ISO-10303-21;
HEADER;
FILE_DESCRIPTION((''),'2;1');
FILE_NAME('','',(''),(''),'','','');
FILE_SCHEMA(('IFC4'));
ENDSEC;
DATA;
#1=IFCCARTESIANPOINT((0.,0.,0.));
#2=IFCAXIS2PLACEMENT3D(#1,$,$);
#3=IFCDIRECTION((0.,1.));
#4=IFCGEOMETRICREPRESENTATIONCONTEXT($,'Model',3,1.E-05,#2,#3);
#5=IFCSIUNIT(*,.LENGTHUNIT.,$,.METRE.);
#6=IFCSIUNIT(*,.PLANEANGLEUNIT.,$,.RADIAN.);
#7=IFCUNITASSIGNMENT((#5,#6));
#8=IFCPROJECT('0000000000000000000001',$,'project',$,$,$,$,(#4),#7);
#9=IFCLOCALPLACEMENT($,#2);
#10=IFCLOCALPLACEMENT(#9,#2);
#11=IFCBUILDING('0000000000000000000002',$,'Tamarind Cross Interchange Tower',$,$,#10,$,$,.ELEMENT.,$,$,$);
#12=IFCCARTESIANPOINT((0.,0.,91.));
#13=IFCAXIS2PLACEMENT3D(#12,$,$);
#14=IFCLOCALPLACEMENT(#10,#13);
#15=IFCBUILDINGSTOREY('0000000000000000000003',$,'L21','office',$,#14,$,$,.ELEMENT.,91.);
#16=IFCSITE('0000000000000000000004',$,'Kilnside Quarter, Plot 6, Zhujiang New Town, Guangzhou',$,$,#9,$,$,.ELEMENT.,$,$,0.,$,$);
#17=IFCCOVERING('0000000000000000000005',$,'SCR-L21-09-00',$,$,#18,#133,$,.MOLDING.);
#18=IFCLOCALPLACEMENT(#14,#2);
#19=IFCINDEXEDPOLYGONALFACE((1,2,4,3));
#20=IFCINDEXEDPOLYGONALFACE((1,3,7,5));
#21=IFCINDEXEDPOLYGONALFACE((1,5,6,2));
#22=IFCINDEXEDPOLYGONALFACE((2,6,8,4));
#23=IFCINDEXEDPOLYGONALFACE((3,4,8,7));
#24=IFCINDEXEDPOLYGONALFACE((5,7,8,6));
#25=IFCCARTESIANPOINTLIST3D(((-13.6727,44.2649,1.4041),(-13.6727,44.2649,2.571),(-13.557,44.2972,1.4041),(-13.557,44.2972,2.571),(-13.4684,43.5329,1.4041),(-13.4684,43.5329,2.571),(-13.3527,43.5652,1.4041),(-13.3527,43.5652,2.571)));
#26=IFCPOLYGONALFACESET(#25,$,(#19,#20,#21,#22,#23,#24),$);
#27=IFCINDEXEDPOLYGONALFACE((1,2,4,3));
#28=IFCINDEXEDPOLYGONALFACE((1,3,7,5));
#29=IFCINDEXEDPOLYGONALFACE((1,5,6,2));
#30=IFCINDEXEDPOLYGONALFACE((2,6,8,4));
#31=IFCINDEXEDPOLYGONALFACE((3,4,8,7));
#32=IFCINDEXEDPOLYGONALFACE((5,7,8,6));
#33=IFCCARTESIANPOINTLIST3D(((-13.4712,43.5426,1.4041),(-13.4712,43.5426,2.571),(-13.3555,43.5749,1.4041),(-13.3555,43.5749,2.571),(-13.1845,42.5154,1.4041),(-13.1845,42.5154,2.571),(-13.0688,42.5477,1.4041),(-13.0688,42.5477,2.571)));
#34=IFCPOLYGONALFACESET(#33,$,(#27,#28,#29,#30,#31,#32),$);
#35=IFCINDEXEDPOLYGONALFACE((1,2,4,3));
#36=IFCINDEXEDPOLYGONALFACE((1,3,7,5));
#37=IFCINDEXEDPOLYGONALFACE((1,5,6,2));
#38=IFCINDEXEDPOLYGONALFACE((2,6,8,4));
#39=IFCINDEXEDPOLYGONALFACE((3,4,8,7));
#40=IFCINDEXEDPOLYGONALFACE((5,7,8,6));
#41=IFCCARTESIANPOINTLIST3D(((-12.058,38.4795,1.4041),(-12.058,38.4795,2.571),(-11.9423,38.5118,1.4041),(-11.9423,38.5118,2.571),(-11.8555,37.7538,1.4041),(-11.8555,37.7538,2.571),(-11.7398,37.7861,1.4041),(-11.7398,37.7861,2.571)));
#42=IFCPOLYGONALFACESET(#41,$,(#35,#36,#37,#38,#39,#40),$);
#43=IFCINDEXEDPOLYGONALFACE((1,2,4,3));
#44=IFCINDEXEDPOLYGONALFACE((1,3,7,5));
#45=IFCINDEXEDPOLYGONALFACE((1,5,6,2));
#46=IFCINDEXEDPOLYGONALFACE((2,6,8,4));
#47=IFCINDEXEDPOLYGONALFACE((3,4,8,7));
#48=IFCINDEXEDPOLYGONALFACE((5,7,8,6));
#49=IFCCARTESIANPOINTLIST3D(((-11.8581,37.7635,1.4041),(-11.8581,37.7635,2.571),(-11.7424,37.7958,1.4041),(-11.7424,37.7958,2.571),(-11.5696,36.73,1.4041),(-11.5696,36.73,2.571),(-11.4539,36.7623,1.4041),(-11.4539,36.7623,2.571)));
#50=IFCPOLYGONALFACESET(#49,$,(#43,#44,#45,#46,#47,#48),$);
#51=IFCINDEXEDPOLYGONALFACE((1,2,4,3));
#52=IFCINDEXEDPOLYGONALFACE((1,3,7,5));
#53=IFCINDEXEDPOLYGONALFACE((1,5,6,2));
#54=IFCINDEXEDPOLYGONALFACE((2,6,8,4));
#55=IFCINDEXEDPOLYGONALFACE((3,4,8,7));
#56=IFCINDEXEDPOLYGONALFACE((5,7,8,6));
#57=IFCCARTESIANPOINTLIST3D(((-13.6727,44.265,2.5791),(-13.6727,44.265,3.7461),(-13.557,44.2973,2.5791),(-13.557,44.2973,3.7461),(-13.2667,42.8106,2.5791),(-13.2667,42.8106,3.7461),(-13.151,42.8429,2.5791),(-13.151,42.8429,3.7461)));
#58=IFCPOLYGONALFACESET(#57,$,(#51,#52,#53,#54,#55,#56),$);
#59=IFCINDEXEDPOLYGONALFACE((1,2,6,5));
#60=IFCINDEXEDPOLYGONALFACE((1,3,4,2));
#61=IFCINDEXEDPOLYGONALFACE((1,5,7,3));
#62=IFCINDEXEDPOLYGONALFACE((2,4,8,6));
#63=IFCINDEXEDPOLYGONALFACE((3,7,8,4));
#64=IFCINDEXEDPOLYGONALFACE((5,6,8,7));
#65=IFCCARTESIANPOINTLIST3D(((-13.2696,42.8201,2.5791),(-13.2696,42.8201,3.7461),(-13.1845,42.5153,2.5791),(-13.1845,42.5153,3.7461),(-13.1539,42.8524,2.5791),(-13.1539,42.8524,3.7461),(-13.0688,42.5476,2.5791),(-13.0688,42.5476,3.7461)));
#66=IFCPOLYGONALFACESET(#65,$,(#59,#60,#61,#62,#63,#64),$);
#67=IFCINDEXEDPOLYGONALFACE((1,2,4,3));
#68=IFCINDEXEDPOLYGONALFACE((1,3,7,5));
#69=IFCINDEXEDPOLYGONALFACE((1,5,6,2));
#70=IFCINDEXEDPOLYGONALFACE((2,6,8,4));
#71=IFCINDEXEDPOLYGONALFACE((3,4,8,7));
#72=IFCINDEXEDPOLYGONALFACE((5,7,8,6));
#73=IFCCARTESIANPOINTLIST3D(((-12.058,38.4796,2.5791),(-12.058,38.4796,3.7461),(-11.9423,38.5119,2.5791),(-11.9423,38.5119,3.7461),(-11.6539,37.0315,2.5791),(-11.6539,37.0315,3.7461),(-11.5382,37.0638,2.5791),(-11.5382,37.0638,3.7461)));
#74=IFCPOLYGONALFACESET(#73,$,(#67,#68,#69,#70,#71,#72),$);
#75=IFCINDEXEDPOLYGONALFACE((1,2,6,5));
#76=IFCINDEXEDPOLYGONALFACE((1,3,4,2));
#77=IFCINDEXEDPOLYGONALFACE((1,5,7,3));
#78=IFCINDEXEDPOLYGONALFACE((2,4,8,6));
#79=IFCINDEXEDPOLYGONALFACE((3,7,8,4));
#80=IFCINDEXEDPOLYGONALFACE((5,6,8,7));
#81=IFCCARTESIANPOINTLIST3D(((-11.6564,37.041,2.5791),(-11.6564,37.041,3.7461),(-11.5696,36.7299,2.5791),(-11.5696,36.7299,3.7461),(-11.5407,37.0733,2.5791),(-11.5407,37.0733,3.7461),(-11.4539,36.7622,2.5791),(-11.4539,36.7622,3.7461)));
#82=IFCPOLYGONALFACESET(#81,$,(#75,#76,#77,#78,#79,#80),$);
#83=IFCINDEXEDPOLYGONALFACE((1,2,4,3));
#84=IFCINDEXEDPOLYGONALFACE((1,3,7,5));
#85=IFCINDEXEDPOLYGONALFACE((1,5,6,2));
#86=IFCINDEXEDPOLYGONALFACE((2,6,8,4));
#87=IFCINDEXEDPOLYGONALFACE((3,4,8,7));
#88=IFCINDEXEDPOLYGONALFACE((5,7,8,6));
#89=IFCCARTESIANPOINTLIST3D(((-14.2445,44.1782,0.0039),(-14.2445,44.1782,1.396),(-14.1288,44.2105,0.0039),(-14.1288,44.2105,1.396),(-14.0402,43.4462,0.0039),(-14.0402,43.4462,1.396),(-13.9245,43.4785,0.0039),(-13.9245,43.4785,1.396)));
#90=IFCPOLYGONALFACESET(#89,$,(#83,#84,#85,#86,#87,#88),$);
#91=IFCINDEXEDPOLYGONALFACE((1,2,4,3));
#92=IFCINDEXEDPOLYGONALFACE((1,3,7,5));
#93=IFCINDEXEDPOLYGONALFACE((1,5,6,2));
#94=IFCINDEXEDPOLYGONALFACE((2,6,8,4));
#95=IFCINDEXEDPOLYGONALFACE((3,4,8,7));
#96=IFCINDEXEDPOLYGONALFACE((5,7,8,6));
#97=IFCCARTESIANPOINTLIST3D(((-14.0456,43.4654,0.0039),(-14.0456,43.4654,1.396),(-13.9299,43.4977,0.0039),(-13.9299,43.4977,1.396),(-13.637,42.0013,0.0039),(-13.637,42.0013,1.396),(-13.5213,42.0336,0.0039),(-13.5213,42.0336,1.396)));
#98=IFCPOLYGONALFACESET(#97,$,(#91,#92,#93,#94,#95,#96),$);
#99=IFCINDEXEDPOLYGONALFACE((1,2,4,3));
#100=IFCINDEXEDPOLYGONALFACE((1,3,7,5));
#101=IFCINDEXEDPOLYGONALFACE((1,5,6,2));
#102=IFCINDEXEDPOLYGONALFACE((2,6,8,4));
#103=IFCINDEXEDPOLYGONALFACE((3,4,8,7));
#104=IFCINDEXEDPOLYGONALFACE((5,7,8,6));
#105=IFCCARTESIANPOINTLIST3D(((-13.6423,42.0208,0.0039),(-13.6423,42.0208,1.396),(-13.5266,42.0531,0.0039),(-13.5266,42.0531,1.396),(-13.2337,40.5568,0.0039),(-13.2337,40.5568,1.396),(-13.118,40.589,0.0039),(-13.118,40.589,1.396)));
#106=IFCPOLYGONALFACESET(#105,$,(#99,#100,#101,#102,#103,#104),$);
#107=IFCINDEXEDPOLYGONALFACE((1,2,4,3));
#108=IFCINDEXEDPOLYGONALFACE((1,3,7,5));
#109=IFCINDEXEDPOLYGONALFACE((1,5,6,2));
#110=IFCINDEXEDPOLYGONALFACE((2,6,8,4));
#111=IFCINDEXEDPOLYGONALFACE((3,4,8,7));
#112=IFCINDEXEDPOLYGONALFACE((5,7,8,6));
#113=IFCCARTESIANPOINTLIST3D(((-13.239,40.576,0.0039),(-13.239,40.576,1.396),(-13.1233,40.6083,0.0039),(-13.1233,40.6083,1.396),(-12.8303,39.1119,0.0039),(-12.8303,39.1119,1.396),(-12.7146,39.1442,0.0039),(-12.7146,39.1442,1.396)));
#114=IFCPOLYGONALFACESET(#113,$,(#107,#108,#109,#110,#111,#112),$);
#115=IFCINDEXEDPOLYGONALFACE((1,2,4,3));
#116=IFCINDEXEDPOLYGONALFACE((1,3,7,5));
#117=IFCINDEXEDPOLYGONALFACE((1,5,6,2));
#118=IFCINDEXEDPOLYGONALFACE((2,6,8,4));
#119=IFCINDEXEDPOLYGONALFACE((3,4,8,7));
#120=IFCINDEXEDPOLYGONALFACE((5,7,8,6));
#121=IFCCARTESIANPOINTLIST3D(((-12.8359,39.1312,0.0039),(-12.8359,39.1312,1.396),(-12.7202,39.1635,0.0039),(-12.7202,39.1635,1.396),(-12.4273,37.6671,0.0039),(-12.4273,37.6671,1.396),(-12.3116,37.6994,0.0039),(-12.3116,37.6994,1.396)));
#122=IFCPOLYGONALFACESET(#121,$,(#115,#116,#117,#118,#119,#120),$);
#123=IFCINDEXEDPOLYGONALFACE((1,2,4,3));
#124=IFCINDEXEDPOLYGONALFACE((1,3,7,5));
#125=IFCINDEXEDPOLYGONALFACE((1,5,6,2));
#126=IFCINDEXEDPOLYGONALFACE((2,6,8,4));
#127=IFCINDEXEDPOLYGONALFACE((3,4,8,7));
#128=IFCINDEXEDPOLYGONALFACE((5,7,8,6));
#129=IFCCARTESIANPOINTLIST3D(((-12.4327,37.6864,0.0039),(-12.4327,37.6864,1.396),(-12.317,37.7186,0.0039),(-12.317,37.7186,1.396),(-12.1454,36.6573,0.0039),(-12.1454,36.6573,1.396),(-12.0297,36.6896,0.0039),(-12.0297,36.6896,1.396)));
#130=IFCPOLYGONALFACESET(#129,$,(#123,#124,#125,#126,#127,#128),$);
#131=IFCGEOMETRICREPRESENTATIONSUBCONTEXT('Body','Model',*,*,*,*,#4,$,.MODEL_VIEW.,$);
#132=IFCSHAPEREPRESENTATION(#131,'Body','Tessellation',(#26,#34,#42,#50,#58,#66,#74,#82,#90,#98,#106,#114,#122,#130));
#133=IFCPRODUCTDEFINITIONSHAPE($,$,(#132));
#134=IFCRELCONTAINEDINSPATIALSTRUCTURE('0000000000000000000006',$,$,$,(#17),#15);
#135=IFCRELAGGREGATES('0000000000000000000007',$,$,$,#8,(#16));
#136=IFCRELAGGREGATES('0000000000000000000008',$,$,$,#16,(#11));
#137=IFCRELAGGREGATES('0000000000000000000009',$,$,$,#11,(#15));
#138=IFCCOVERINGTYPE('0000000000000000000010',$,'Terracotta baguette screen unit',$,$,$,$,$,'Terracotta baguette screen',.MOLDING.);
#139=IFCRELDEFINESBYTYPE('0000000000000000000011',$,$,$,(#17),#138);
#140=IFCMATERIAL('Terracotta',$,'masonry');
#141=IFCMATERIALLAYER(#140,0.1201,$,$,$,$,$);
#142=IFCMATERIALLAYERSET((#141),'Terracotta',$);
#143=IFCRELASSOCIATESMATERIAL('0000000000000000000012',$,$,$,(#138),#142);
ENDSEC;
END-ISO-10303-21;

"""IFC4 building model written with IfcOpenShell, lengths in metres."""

from ifc_helpers import new_model, si_unit, direction, frame, origin, origin_2d, place, context, subcontext, project, spatial, rectangle, extrude, material, layer, layer_set, type_object, element, save


model = new_model("IFC4")

# Units and contexts
model_context = context("Model", 3, precision=1e-05, world=origin(), true_north=direction((0.0, 1.0)))
body_context = subcontext(model_context, "Body", "Model", "MODEL_VIEW")
ifc_project = project(units=[si_unit("LENGTHUNIT", "METRE"), si_unit("PLANEANGLEUNIT", "RADIAN")], contexts=[model_context])

# Site, building, storey
site_placement = place(None, origin())
site = spatial("IfcSite", under=ifc_project, at=site_placement, Name="Kilnside Quarter, Plot 6, Zhujiang New Town, Guangzhou", CompositionType="ELEMENT", RefElevation=0.0)
building_placement = place(site_placement, origin())
building = spatial("IfcBuilding", under=site, at=building_placement, Name="Tamarind Cross Interchange Tower", CompositionType="ELEMENT")
storey_placement = place(building_placement, frame((0.0, 0.0, 91.0)))
storey = spatial("IfcBuildingStorey", under=building, at=storey_placement, Name="L21", Description="office", CompositionType="ELEMENT", Elevation=91.0)

# Covering
ifc_material_1 = material(Name="Terracotta", Category="masonry")
ifc_layer_1 = layer(ifc_material_1, 0.1201)
ifc_layer_set_1 = layer_set([ifc_layer_1], Name="Terracotta")
covering_type = type_object("IfcCoveringType", Name="Terracotta baguette screen unit", ElementType="Terracotta baguette screen", PredefinedType="MOLDING", material=ifc_layer_set_1)
covering_1_placement = place(storey_placement, origin())
element("IfcCovering", 1, at=covering_1_placement, inside=storey, type_object=covering_type, Name="SCR-L21-09-00", PredefinedType="MOLDING", context=body_context, shape_type="SweptSolid", body=[
    extrude(rectangle(XDim=0.76, YDim=0.1201, at=origin_2d()), frame((-13.5127, 43.915, 1.4041), z_axis=(0.0, 0.0, 1.0), x_axis=(0.268831, -0.963187, 0.0)), (0.0, 0.0, 1.0), 1.167),
    extrude(rectangle(XDim=1.0664, YDim=0.1201, at=origin_2d()), frame((-13.27, 43.0452, 1.4041), z_axis=(0.0, 0.0, 1.0), x_axis=(0.268831, -0.963187, 0.0)), (0.0, 0.0, 1.0), 1.167),
    extrude(rectangle(XDim=0.7534, YDim=0.1201, at=origin_2d()), frame((-11.8989, 38.1328, 1.4041), z_axis=(0.0, 0.0, 1.0), x_axis=(0.268831, -0.963187, 0.0)), (0.0, 0.0, 1.0), 1.167),
    extrude(rectangle(XDim=1.073, YDim=0.1201, at=origin_2d()), frame((-11.656, 37.2629, 1.4041), z_axis=(0.0, 0.0, 1.0), x_axis=(0.268831, -0.963187, 0.0)), (0.0, 0.0, 1.0), 1.167),
    extrude(rectangle(XDim=1.51, YDim=0.1201, at=origin_2d()), frame((-13.4119, 43.554, 2.5791), z_axis=(0.0, 0.0, 1.0), x_axis=(0.268831, -0.963187, 0.0)), (0.0, 0.0, 1.0), 1.167),
    extrude(rectangle(XDim=0.3164, YDim=0.1201, at=origin_2d()), frame((-13.1692, 42.6838, 2.5791), z_axis=(0.0, 0.0, 1.0), x_axis=(0.268831, -0.963187, 0.0)), (0.0, 0.0, 1.0), 1.167),
    extrude(rectangle(XDim=1.5034, YDim=0.1201, at=origin_2d()), frame((-11.7981, 37.7717, 2.5791), z_axis=(0.0, 0.0, 1.0), x_axis=(0.268831, -0.963187, 0.0)), (0.0, 0.0, 1.0), 1.167),
    extrude(rectangle(XDim=0.323, YDim=0.1201, at=origin_2d()), frame((-11.5552, 36.9016, 2.5791), z_axis=(0.0, 0.0, 1.0), x_axis=(0.268831, -0.963187, 0.0)), (0.0, 0.0, 1.0), 1.167),
    extrude(rectangle(XDim=0.76, YDim=0.1201, at=origin_2d()), frame((-14.0845, 43.8284, 0.0039), z_axis=(0.0, 0.0, 1.0), x_axis=(0.268831, -0.963187, 0.0)), (0.0, 0.0, 1.0), 1.3921),
    extrude(rectangle(XDim=1.52, YDim=0.1201, at=origin_2d()), frame((-13.7834, 42.7495, 0.0039), z_axis=(0.0, 0.0, 1.0), x_axis=(0.268831, -0.963187, 0.0)), (0.0, 0.0, 1.0), 1.3921),
    extrude(rectangle(XDim=1.52, YDim=0.1201, at=origin_2d()), frame((-13.3801, 41.3049, 0.0039), z_axis=(0.0, 0.0, 1.0), x_axis=(0.268831, -0.963187, 0.0)), (0.0, 0.0, 1.0), 1.3921),
    extrude(rectangle(XDim=1.52, YDim=0.1201, at=origin_2d()), frame((-12.9768, 39.8601, 0.0039), z_axis=(0.0, 0.0, 1.0), x_axis=(0.268831, -0.963187, 0.0)), (0.0, 0.0, 1.0), 1.3921),
    extrude(rectangle(XDim=1.52, YDim=0.1201, at=origin_2d()), frame((-12.5737, 38.4153, 0.0039), z_axis=(0.0, 0.0, 1.0), x_axis=(0.268831, -0.963187, 0.0)), (0.0, 0.0, 1.0), 1.3921),
    extrude(rectangle(XDim=1.0684, YDim=0.1201, at=origin_2d()), frame((-12.2312, 37.188, 0.0039), z_axis=(0.0, 0.0, 1.0), x_axis=(0.268831, -0.963187, 0.0)), (0.0, 0.0, 1.0), 1.3921),
])

save(model, "model.ifc")
